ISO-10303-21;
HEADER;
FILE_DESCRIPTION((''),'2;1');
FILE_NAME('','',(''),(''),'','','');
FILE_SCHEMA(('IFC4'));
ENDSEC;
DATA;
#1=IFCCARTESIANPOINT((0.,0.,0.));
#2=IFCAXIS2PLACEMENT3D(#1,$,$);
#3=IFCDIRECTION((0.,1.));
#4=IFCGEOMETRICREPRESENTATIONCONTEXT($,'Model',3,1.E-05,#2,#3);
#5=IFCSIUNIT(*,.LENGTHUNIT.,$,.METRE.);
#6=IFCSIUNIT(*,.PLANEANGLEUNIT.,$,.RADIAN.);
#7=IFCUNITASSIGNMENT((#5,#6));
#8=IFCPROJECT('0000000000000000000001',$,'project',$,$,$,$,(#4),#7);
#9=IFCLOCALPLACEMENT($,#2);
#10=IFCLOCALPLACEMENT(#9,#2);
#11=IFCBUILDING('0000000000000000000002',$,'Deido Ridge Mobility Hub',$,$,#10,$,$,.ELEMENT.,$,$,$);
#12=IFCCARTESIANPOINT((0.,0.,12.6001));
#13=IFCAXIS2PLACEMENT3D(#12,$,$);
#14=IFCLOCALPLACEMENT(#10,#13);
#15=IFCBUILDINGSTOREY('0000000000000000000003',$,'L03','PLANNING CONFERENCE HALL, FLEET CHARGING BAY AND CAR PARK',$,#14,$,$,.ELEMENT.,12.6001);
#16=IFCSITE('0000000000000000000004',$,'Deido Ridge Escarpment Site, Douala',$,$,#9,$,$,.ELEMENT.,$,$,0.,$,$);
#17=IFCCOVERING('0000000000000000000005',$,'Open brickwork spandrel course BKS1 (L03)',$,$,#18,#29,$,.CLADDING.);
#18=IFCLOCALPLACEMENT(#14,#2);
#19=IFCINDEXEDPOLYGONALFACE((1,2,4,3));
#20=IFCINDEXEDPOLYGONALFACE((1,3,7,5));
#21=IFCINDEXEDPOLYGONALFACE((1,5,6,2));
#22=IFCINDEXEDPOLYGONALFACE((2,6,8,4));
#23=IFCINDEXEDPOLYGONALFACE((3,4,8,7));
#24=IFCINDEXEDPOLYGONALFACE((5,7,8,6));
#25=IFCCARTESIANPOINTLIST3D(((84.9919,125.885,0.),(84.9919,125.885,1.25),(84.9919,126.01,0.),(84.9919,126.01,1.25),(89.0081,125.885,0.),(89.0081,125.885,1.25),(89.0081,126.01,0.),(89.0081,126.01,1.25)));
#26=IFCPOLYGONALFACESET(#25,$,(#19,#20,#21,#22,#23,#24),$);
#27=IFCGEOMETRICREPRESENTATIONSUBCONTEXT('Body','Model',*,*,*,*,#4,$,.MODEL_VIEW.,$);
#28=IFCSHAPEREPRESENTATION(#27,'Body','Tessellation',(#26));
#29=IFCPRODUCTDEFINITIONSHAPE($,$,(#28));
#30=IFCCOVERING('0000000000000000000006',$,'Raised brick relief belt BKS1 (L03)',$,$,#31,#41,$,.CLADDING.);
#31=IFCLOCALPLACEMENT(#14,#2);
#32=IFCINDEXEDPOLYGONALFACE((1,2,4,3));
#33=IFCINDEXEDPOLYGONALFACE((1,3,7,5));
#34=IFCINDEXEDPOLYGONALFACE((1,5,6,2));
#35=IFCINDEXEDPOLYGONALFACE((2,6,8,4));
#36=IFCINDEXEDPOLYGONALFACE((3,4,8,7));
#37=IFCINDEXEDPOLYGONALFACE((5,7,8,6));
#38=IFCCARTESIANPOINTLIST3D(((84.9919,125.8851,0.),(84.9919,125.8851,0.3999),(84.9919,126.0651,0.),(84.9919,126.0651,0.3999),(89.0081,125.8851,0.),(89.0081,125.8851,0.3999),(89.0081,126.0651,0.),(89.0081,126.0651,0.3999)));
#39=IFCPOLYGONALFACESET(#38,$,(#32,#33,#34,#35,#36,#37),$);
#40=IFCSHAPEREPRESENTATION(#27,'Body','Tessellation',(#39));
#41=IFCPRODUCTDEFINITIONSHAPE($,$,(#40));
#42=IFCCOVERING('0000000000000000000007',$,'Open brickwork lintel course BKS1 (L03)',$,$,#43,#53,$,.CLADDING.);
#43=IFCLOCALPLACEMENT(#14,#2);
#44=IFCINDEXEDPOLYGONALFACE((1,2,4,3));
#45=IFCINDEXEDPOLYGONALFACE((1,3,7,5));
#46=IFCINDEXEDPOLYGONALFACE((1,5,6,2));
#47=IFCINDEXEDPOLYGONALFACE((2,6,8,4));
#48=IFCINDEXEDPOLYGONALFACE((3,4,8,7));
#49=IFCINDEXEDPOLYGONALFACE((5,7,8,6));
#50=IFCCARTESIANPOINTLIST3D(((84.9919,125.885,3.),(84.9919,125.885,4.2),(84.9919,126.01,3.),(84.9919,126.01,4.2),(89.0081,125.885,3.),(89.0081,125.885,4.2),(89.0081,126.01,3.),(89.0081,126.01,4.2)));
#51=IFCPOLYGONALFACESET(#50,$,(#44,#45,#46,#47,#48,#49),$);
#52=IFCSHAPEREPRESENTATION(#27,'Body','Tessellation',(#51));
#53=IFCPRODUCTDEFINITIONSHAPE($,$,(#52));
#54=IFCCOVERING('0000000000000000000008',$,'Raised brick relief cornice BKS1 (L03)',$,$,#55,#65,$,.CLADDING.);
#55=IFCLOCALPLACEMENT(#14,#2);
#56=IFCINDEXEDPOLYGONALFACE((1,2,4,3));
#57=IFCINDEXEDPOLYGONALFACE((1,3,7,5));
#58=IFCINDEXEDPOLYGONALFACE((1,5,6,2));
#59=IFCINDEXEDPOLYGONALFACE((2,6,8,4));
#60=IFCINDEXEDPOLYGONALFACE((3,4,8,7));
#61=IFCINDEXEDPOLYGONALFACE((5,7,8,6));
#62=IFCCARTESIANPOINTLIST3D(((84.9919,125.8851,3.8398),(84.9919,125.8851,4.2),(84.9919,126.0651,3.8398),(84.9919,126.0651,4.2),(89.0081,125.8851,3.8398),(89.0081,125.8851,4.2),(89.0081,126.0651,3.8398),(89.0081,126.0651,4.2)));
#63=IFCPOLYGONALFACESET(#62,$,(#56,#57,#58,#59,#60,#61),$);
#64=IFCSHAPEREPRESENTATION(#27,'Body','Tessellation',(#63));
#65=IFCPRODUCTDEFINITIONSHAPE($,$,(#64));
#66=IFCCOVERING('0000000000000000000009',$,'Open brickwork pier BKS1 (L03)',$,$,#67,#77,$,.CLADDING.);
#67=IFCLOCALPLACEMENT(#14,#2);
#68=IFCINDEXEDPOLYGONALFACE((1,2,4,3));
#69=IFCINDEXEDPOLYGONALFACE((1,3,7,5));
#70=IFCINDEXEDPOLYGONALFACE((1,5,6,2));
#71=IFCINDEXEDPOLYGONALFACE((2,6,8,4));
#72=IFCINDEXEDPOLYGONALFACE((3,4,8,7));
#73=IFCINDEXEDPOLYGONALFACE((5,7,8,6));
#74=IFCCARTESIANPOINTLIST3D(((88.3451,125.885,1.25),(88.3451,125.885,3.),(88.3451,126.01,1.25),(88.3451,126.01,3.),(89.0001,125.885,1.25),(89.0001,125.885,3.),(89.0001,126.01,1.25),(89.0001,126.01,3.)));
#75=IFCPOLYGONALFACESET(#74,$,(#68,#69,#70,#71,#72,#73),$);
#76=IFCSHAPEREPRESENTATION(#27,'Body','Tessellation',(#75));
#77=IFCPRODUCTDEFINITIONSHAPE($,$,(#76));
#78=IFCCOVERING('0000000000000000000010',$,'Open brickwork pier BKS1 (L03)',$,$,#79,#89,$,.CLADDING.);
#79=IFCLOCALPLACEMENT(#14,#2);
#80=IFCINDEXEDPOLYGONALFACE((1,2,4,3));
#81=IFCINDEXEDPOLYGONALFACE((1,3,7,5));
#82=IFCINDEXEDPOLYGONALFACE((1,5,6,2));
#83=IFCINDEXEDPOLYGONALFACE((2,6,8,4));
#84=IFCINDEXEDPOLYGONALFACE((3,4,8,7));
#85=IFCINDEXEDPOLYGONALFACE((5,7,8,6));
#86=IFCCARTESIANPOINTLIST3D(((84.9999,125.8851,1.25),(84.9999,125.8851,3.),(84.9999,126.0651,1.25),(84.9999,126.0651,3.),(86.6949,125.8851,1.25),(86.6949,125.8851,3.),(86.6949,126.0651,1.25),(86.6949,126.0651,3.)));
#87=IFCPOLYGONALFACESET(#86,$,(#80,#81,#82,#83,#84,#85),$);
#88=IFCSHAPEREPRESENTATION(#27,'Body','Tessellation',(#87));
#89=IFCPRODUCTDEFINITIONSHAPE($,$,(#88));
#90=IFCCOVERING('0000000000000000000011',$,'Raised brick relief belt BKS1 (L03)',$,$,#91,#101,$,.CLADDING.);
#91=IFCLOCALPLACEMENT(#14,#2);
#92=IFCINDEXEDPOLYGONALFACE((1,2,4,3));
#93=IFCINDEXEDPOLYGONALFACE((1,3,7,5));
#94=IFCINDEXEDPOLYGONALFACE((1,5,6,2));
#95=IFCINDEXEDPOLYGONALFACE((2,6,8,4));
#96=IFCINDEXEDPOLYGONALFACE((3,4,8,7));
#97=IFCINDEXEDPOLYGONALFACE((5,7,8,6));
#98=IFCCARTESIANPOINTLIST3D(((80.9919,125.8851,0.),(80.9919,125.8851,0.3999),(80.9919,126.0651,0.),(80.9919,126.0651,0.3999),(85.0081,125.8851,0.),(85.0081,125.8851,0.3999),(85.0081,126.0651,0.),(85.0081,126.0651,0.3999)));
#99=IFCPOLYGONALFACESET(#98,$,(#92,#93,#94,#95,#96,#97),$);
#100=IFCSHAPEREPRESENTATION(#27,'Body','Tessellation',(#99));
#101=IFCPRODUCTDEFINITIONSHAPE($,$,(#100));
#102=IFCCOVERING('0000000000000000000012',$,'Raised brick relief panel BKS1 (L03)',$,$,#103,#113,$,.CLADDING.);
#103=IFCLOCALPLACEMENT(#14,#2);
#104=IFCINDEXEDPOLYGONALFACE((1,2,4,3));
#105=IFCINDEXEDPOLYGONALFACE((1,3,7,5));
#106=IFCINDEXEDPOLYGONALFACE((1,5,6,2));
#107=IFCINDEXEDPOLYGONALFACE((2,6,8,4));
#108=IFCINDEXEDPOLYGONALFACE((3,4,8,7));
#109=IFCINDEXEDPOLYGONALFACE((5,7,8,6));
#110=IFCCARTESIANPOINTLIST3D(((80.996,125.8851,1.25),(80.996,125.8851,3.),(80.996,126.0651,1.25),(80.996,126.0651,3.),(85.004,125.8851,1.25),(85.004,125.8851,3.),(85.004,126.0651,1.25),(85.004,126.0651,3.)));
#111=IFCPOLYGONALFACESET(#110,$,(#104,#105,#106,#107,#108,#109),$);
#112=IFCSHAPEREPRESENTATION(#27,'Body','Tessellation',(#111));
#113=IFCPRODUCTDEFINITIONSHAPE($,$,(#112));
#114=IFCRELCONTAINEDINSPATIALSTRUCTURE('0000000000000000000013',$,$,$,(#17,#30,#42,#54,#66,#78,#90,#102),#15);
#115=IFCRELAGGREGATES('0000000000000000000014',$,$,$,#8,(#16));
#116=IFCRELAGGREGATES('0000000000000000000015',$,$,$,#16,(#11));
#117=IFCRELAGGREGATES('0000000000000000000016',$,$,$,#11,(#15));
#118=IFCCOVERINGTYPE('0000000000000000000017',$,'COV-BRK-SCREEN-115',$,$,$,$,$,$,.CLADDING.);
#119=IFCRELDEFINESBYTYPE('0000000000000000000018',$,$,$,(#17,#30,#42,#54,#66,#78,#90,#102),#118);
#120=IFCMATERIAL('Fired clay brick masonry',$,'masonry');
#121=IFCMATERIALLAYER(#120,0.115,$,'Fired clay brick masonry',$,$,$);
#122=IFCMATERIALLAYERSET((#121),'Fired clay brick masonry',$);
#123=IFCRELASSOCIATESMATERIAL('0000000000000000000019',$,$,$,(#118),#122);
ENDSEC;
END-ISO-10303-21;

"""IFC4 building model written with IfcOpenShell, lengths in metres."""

from ifc_helpers import new_model, si_unit, direction, frame, origin, origin_2d, place, context, subcontext, project, spatial, rectangle, extrude, material, layer, layer_set, type_object, element, save


model = new_model("IFC4")

# Units and contexts
model_context = context("Model", 3, precision=1e-05, world=origin(), true_north=direction((0.0, 1.0)))
body_context = subcontext(model_context, "Body", "Model", "MODEL_VIEW")
ifc_project = project(units=[si_unit("LENGTHUNIT", "METRE"), si_unit("PLANEANGLEUNIT", "RADIAN")], contexts=[model_context])

# Site, building, storey
site_placement = place(None, origin())
site = spatial("IfcSite", under=ifc_project, at=site_placement, Name="Deido Ridge Escarpment Site, Douala", CompositionType="ELEMENT", RefElevation=0.0)
building_placement = place(site_placement, origin())
building = spatial("IfcBuilding", under=site, at=building_placement, Name="Deido Ridge Mobility Hub", CompositionType="ELEMENT")
storey_placement = place(building_placement, frame((0.0, 0.0, 12.6001)))
storey = spatial("IfcBuildingStorey", under=building, at=storey_placement, Name="L03", Description="PLANNING CONFERENCE HALL, FLEET CHARGING BAY AND CAR PARK", CompositionType="ELEMENT", Elevation=12.6001)

# Coverings
ifc_material_1 = material(Name="Fired clay brick masonry", Category="masonry")
ifc_layer = layer(ifc_material_1, 0.115, Name="Fired clay brick masonry")
ifc_layer_set = layer_set([ifc_layer], Name="Fired clay brick masonry")
covering_type = type_object("IfcCoveringType", Name="COV-BRK-SCREEN-115", PredefinedType="CLADDING", material=ifc_layer_set)
covering_1_placement = place(storey_placement, frame((87.0, 125.9475, 0.0), z_axis=(0.0, 0.0, 1.0), x_axis=(-1.0, 0.0, 0.0)))
element("IfcCovering", 1, at=covering_1_placement, inside=storey, type_object=covering_type, Name="Open brickwork spandrel course BKS1 (L03)", PredefinedType="CLADDING", context=body_context, shape_type="SweptSolid", body=[
    extrude(rectangle(XDim=4.0161, YDim=0.125, at=origin_2d()), origin(), (0.0, 0.0, 1.0), 1.25),
])
covering_2_placement = place(storey_placement, frame((87.0, 125.9751, 0.0), z_axis=(0.0, 0.0, 1.0), x_axis=(-1.0, 0.0, 0.0)))
element("IfcCovering", 2, at=covering_2_placement, inside=storey, type_object=covering_type, Name="Raised brick relief belt BKS1 (L03)", PredefinedType="CLADDING", context=body_context, shape_type="SweptSolid", body=[
    extrude(rectangle(XDim=4.0161, YDim=0.1799, at=origin_2d()), origin(), (0.0, 0.0, 1.0), 0.3999),
])
covering_3_placement = place(storey_placement, frame((87.0, 125.9475, 3.0), z_axis=(0.0, 0.0, 1.0), x_axis=(-1.0, 0.0, 0.0)))
element("IfcCovering", 3, at=covering_3_placement, inside=storey, type_object=covering_type, Name="Open brickwork lintel course BKS1 (L03)", PredefinedType="CLADDING", context=body_context, shape_type="SweptSolid", body=[
    extrude(rectangle(XDim=4.0161, YDim=0.125, at=origin_2d()), origin(), (0.0, 0.0, 1.0), 1.2),
])
covering_4_placement = place(storey_placement, frame((87.0, 125.9751, 3.8398), z_axis=(0.0, 0.0, 1.0), x_axis=(-1.0, 0.0, 0.0)))
element("IfcCovering", 4, at=covering_4_placement, inside=storey, type_object=covering_type, Name="Raised brick relief cornice BKS1 (L03)", PredefinedType="CLADDING", context=body_context, shape_type="SweptSolid", body=[
    extrude(rectangle(XDim=4.0161, YDim=0.1799, at=origin_2d()), origin(), (0.0, 0.0, 1.0), 0.3601),
])
covering_5_placement = place(storey_placement, frame((88.6726, 125.9475, 1.25), z_axis=(0.0, 0.0, 1.0), x_axis=(-1.0, 0.0, 0.0)))
element("IfcCovering", 5, at=covering_5_placement, inside=storey, type_object=covering_type, Name="Open brickwork pier BKS1 (L03)", PredefinedType="CLADDING", context=body_context, shape_type="SweptSolid", body=[
    extrude(rectangle(XDim=0.655, YDim=0.125, at=origin_2d()), origin(), (0.0, 0.0, 1.0), 1.75),
])
covering_6_placement = place(storey_placement, frame((85.8474, 125.9751, 1.25), z_axis=(0.0, 0.0, 1.0), x_axis=(-1.0, 0.0, 0.0)))
element("IfcCovering", 6, at=covering_6_placement, inside=storey, type_object=covering_type, Name="Open brickwork pier BKS1 (L03)", PredefinedType="CLADDING", context=body_context, shape_type="SweptSolid", body=[
    extrude(rectangle(XDim=1.6951, YDim=0.1799, at=origin_2d()), origin(), (0.0, 0.0, 1.0), 1.75),
])
covering_7_placement = place(storey_placement, frame((83.0, 125.9751, 0.0), z_axis=(0.0, 0.0, 1.0), x_axis=(-1.0, 0.0, 0.0)))
element("IfcCovering", 7, at=covering_7_placement, inside=storey, type_object=covering_type, Name="Raised brick relief belt BKS1 (L03)", PredefinedType="CLADDING", context=body_context, shape_type="SweptSolid", body=[
    extrude(rectangle(XDim=4.0161, YDim=0.1799, at=origin_2d()), origin(), (0.0, 0.0, 1.0), 0.3999),
])
covering_8_placement = place(storey_placement, frame((83.0, 125.9751, 1.25), z_axis=(0.0, 0.0, 1.0), x_axis=(-1.0, 0.0, 0.0)))
element("IfcCovering", 8, at=covering_8_placement, inside=storey, type_object=covering_type, Name="Raised brick relief panel BKS1 (L03)", PredefinedType="CLADDING", context=body_context, shape_type="SweptSolid", body=[
    extrude(rectangle(XDim=4.0081, YDim=0.1799, at=origin_2d()), origin(), (0.0, 0.0, 1.0), 1.75),
])

save(model, "model.ifc")
